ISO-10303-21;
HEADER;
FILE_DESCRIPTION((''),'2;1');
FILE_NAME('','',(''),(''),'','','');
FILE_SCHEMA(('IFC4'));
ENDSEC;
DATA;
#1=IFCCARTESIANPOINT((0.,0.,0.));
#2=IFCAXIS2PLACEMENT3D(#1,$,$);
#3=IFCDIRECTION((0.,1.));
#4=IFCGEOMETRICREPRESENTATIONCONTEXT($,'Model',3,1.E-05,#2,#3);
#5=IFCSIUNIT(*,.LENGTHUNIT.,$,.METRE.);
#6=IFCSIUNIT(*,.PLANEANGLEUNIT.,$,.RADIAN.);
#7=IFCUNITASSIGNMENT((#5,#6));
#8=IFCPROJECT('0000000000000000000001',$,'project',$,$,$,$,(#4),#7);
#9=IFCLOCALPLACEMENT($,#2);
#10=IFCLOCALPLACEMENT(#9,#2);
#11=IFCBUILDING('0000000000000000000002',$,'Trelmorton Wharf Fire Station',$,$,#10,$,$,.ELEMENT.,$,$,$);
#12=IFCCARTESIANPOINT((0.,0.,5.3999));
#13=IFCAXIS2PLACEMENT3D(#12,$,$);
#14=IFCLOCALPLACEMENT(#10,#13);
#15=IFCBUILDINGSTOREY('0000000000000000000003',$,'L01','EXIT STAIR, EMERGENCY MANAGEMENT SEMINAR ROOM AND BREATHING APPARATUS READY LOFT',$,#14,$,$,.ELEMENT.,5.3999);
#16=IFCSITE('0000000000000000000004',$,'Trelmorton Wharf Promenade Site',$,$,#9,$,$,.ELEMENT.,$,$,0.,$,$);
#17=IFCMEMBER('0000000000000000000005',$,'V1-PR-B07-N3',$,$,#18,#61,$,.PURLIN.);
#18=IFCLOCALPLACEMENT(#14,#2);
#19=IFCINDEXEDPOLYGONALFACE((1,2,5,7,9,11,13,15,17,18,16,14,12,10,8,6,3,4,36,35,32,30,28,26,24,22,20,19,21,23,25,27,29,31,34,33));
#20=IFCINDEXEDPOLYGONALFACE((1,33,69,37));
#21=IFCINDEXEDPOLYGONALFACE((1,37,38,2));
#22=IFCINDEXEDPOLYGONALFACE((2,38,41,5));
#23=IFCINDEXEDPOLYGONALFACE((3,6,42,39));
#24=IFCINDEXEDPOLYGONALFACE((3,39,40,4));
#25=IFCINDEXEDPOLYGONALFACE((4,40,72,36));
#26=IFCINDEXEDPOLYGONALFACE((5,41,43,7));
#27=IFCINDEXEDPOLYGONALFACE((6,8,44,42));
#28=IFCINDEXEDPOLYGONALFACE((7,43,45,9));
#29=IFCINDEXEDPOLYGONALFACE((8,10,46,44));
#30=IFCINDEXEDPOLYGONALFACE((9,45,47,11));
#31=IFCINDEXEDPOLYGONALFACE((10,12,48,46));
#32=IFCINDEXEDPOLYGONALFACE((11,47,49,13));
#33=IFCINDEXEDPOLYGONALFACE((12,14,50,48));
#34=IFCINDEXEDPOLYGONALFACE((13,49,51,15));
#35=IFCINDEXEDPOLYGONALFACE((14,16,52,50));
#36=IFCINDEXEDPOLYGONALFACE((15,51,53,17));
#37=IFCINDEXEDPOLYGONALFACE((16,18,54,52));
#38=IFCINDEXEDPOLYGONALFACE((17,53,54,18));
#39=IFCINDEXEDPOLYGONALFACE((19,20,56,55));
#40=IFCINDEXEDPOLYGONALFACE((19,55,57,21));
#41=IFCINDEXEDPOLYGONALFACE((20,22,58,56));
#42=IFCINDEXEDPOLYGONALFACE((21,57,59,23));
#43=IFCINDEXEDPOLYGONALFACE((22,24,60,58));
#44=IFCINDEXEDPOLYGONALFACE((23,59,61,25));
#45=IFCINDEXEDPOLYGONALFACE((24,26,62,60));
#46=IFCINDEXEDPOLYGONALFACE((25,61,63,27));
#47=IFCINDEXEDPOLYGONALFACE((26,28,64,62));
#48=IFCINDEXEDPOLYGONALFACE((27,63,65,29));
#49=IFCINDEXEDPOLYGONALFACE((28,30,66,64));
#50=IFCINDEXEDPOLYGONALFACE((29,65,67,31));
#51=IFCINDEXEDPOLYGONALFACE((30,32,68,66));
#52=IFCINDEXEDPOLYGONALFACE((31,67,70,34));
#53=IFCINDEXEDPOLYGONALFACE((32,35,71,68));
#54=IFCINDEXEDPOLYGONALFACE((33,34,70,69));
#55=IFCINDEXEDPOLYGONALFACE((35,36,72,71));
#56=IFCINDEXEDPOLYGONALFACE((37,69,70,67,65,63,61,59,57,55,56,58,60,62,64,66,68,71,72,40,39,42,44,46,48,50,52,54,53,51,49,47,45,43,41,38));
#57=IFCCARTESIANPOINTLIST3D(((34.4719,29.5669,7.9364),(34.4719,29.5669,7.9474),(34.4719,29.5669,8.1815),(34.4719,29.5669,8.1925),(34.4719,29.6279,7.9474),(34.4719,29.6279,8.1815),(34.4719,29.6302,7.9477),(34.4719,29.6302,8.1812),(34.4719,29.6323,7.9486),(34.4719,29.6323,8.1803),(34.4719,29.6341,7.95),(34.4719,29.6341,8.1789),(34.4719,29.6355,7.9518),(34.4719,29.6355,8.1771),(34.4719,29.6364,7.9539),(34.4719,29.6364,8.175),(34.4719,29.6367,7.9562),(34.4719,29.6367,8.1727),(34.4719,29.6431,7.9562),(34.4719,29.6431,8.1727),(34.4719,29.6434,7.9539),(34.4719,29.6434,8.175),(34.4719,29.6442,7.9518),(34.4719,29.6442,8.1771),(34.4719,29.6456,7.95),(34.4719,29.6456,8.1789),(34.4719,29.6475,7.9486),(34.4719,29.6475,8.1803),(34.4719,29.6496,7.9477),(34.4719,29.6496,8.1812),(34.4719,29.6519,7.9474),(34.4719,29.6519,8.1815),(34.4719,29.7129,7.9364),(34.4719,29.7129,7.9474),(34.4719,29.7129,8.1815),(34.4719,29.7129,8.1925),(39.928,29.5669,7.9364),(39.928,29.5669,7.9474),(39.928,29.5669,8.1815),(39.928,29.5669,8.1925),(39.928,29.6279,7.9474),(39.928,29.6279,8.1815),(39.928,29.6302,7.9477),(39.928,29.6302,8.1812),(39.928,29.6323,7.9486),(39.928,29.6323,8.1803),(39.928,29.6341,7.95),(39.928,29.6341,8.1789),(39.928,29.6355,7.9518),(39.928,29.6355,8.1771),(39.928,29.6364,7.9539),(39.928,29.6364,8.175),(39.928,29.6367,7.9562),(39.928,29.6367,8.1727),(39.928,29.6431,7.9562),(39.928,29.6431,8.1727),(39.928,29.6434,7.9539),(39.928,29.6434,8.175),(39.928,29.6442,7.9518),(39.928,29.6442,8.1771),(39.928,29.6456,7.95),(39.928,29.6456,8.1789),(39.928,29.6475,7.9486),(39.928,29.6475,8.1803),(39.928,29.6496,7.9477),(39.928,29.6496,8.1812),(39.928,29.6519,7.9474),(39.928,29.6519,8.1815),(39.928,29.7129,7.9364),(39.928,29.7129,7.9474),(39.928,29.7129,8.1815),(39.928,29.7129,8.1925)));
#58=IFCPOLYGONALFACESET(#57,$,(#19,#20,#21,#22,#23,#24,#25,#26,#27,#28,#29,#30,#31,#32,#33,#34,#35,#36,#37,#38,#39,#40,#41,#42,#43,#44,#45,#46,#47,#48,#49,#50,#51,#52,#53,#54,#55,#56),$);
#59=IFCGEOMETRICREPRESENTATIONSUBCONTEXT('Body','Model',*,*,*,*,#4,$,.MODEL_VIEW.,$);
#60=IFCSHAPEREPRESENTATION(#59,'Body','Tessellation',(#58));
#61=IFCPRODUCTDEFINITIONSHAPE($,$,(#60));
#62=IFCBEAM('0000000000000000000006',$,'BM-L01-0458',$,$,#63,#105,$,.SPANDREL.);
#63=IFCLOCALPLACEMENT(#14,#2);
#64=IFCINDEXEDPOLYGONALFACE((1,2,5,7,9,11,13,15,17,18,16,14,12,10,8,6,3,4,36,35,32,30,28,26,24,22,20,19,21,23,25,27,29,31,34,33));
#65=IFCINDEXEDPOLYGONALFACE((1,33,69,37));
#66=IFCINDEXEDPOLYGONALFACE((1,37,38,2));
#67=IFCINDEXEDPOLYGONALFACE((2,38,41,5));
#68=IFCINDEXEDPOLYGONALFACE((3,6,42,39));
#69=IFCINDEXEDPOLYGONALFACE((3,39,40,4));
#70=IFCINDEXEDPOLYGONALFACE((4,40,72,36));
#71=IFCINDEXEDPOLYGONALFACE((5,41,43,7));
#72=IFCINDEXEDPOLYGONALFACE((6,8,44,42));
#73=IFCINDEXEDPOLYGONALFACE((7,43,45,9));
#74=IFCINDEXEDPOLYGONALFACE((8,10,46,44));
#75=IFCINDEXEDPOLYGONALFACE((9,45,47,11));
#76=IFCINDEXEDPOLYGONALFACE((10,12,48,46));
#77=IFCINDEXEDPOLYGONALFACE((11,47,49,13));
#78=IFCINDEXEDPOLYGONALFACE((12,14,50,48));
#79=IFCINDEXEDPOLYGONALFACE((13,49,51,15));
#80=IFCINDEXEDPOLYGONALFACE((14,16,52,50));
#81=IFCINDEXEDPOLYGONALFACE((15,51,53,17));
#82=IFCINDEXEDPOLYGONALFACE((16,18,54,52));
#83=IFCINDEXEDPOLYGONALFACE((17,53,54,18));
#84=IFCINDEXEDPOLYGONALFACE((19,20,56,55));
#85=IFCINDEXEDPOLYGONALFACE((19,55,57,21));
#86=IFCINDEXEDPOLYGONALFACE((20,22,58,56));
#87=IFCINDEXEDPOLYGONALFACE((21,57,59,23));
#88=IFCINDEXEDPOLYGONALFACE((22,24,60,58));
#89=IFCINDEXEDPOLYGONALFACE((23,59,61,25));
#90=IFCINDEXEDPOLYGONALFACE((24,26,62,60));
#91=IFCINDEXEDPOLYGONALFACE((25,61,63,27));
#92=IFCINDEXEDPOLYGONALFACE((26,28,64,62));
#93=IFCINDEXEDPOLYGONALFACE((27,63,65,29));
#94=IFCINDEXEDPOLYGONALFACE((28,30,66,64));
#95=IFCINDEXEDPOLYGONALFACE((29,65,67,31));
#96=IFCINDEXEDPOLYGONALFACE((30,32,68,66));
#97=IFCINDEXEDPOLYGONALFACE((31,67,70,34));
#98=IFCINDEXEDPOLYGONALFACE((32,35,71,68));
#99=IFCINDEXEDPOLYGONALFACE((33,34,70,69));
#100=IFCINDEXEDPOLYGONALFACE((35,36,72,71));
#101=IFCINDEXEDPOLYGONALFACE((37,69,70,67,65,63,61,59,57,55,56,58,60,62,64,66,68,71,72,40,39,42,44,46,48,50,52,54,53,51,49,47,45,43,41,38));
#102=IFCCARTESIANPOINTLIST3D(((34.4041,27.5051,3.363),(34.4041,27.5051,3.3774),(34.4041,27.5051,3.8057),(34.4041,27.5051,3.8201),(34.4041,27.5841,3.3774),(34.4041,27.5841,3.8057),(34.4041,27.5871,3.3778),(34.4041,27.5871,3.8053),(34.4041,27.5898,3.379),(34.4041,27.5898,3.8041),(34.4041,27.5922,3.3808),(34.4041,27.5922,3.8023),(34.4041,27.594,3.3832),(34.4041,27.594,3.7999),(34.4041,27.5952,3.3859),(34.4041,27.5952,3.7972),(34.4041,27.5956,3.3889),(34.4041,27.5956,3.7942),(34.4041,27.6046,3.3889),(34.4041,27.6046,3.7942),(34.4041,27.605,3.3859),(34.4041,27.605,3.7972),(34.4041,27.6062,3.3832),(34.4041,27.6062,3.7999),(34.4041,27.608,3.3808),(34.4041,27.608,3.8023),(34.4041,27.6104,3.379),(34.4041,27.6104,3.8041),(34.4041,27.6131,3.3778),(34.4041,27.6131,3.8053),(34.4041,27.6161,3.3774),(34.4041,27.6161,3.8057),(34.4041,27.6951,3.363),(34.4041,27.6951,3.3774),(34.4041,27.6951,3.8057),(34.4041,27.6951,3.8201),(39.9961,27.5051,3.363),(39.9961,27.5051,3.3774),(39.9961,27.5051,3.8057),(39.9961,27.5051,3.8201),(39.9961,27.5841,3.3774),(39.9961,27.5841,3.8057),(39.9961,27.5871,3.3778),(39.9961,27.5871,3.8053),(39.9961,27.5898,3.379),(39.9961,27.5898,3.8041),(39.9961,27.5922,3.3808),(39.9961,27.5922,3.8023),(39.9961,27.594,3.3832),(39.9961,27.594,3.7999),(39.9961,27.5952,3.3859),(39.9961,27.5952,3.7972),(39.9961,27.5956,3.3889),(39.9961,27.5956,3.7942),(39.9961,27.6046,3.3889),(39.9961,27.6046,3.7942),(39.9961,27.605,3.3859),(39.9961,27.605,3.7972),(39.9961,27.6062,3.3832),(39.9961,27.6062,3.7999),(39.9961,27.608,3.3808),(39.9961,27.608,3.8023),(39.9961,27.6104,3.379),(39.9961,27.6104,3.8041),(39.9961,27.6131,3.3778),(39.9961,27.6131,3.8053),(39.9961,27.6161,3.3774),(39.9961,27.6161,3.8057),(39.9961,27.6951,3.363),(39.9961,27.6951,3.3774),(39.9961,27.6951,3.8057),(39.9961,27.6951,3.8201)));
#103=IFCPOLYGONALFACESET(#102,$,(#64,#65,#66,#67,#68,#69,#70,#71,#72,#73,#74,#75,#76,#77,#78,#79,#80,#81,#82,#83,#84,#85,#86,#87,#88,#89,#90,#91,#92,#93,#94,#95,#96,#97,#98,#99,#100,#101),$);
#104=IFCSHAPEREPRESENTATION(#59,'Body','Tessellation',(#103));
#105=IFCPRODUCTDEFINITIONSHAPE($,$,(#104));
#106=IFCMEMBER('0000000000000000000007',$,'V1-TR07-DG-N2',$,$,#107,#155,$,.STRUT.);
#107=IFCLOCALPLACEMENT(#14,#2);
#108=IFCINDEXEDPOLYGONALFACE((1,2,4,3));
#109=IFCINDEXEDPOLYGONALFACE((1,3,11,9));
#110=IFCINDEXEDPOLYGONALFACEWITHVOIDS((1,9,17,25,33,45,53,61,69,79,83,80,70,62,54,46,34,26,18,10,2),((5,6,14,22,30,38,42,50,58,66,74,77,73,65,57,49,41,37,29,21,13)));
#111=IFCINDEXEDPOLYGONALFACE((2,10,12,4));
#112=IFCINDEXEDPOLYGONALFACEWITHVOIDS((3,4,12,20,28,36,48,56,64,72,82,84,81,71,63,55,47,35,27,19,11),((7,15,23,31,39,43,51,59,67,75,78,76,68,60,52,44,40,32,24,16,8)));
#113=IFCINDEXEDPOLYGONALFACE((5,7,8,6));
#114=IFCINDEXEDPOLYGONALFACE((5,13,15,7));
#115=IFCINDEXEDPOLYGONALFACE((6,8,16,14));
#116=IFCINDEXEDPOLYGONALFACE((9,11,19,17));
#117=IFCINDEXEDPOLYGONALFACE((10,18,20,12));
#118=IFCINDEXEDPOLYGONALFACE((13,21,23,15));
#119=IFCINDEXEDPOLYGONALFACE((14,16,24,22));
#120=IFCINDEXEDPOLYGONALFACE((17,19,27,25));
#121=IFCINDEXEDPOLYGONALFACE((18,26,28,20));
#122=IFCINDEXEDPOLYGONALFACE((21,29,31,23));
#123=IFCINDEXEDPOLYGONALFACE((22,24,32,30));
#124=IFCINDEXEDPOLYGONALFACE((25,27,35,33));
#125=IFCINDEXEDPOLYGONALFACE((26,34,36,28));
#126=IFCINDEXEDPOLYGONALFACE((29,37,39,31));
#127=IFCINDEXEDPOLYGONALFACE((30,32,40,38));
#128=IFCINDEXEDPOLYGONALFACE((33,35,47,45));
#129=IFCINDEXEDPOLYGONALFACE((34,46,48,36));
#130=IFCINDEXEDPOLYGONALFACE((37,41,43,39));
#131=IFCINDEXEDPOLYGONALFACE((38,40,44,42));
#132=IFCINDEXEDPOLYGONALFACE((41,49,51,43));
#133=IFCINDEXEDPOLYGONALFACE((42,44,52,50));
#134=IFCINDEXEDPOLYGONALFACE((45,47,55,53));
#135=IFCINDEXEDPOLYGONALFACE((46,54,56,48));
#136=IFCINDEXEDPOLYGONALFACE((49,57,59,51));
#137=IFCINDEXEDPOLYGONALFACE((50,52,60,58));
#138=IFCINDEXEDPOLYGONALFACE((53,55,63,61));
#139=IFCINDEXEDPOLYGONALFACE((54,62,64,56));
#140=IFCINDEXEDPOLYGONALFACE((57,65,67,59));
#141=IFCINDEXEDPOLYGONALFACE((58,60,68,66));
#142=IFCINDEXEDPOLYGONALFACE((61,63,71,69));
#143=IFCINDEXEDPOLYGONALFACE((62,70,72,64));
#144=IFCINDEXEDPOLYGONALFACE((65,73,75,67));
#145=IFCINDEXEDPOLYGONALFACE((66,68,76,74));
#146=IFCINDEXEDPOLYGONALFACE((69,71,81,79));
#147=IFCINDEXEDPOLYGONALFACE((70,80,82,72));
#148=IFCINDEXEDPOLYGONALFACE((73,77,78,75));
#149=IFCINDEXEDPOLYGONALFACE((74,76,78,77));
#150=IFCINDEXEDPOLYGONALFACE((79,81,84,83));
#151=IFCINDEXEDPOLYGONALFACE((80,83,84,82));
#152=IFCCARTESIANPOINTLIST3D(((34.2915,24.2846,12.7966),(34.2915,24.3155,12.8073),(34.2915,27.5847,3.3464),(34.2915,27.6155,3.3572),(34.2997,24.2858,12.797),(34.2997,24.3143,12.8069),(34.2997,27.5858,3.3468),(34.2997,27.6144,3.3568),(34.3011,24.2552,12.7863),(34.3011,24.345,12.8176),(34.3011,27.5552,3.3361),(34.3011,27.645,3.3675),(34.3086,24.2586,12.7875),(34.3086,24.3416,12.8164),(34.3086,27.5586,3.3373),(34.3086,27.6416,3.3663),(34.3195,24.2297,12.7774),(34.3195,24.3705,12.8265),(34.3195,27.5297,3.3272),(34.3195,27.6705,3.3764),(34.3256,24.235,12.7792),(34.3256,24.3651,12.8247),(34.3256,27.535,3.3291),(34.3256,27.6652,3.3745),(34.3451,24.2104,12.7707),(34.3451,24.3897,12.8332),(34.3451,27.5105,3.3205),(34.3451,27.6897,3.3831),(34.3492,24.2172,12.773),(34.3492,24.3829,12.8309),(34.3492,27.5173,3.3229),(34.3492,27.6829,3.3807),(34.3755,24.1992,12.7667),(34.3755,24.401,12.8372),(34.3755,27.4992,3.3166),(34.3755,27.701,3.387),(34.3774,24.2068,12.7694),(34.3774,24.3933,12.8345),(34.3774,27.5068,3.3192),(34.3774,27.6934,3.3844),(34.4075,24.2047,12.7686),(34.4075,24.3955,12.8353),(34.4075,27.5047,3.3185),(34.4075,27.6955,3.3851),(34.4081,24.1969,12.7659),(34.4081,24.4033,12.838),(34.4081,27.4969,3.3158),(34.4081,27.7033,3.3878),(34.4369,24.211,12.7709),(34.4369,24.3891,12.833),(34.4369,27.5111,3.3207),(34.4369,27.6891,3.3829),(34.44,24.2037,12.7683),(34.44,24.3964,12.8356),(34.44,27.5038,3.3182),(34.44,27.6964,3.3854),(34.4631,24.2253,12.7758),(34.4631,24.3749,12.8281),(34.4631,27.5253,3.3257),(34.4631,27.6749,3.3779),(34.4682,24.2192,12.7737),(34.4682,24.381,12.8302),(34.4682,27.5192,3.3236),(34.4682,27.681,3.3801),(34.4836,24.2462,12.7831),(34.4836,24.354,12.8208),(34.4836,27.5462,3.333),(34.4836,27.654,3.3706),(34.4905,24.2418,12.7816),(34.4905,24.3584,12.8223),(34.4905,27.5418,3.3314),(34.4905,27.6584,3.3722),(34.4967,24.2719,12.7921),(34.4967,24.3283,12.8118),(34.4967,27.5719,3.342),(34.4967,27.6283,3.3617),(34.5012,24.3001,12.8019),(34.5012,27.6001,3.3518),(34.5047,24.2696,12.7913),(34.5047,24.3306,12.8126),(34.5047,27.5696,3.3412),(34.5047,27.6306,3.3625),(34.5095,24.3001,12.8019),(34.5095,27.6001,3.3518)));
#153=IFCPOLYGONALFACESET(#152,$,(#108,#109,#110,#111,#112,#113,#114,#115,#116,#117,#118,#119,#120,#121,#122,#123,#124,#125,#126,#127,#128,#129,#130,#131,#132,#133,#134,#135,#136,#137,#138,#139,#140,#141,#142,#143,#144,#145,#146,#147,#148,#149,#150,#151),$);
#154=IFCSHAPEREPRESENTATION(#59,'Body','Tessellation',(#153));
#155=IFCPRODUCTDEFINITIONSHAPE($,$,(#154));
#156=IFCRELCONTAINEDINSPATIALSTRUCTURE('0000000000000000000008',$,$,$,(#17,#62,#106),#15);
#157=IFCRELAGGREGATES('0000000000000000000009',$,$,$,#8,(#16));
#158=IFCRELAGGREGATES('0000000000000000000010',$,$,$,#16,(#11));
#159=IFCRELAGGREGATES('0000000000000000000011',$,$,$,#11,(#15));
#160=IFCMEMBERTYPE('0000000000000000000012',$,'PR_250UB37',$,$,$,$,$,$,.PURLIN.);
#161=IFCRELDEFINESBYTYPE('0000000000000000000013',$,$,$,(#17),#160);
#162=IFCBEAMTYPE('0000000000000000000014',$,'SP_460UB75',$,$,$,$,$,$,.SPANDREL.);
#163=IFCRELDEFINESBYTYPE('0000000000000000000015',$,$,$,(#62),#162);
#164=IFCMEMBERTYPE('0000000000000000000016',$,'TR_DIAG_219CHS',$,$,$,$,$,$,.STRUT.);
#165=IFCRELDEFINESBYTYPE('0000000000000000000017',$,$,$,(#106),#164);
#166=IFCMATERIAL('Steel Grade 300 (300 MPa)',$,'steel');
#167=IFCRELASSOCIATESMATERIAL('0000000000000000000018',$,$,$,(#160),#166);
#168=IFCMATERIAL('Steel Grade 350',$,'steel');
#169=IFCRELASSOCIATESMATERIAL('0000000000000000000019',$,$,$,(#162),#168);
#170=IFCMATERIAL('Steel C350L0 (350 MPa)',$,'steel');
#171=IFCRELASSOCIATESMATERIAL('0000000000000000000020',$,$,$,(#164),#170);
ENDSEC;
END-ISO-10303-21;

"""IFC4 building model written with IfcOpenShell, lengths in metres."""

from ifc_helpers import new_model, si_unit, direction, frame, origin, origin_2d, place, context, subcontext, project, spatial, hollow_circle, i_section, extrude, material, material_profile, profile_set, type_object, element, save


model = new_model("IFC4")

# Units and contexts
model_context = context("Model", 3, precision=1e-05, world=origin(), true_north=direction((0.0, 1.0)))
body_context = subcontext(model_context, "Body", "Model", "MODEL_VIEW")
ifc_project = project(units=[si_unit("LENGTHUNIT", "METRE"), si_unit("PLANEANGLEUNIT", "RADIAN")], contexts=[model_context])

# Site, building, storey
site_placement = place(None, origin())
site = spatial("IfcSite", under=ifc_project, at=site_placement, Name="Trelmorton Wharf Promenade Site", CompositionType="ELEMENT", RefElevation=0.0)
building_placement = place(site_placement, origin())
building = spatial("IfcBuilding", under=site, at=building_placement, Name="Trelmorton Wharf Fire Station", CompositionType="ELEMENT")
storey_placement = place(building_placement, frame((0.0, 0.0, 5.3999)))
storey = spatial("IfcBuildingStorey", under=building, at=storey_placement, Name="L01", Description="EXIT STAIR, EMERGENCY MANAGEMENT SEMINAR ROOM AND BREATHING APPARATUS READY LOFT", CompositionType="ELEMENT", Elevation=5.3999)

# Shared definitions
ifc_material_1 = material(Name="Steel Grade 350", Category="steel")

# Member
ifc_material_2 = material(Name="Steel Grade 300 (300 MPa)", Category="steel")
ifc_material_profile_1 = material_profile(ifc_material_2, i_section(OverallWidth=0.146, OverallDepth=0.2561, WebThickness=0.0063, FlangeThickness=0.011, FilletRadius=0.0088, at=origin_2d()), Name="250UB37.3")
ifc_profile_set_1 = profile_set([ifc_material_profile_1], Name="Steel Grade 300 (300 MPa)")
member_type_1 = type_object("IfcMemberType", Name="PR_250UB37", PredefinedType="PURLIN", material=ifc_profile_set_1)
for number, where, z_axis, x_axis, name in (
    (1, (34.4719, 29.6399, 8.0645), (1.0, 0.0, 0.0), (0.0, 1.0, 0.0), "V1-PR-B07-N3"),
):
    element("IfcMember", number, at=place(storey_placement, frame(where, z_axis=z_axis, x_axis=x_axis)), inside=storey, type_object=member_type_1, Name=name, PredefinedType="PURLIN", context=body_context, shape_type="SweptSolid", body=[
        extrude(i_section(OverallWidth=0.146, OverallDepth=0.2561, WebThickness=0.0063, FlangeThickness=0.011, FilletRadius=0.0088, at=origin_2d()), origin(), (0.0, 0.0, 1.0), 5.4561),
    ])

# Beam
ifc_material_profile_2 = material_profile(ifc_material_1, i_section(OverallWidth=0.1899, OverallDepth=0.457, WebThickness=0.009, FlangeThickness=0.0144, FilletRadius=0.0115, at=origin_2d()), Name="460UB74.6")
ifc_profile_set_2 = profile_set([ifc_material_profile_2], Name="Steel Grade 350")
beam_type = type_object("IfcBeamType", Name="SP_460UB75", PredefinedType="SPANDREL", material=ifc_profile_set_2)
beam_placement = place(storey_placement, frame((34.4041, 27.6001, 3.5916), z_axis=(1.0, 0.0, 0.0), x_axis=(0.0, 1.0, 0.0)))
element("IfcBeam", 2, at=beam_placement, inside=storey, type_object=beam_type, Name="BM-L01-0458", PredefinedType="SPANDREL", context=body_context, shape_type="SweptSolid", body=[
    extrude(i_section(OverallWidth=0.1899, OverallDepth=0.457, WebThickness=0.009, FlangeThickness=0.0144, FilletRadius=0.0115, at=origin_2d()), origin(), (0.0, 0.0, 1.0), 5.592),
])

# Member
ifc_material_3 = material(Name="Steel C350L0 (350 MPa)", Category="steel")
ifc_material_profile_3 = material_profile(ifc_material_3, hollow_circle(Radius=0.1096, WallThickness=0.0083, at=origin_2d()), Name="219.1x8.2CHS")
ifc_profile_set_3 = profile_set([ifc_material_profile_3], Name="Steel C350L0 (350 MPa)")
member_type_2 = type_object("IfcMemberType", Name="TR_DIAG_219CHS", PredefinedType="STRUT", material=ifc_profile_set_3)
member_1_placement = place(storey_placement, frame((34.3999, 27.6001, 3.3518), z_axis=(0.0, -0.329681, 0.944092), x_axis=(1.0, 0.0, 0.0)))
element("IfcMember", 3, at=member_1_placement, inside=storey, type_object=member_type_2, Name="V1-TR07-DG-N2", PredefinedType="STRUT", context=body_context, shape_type="SweptSolid", body=[
    extrude(hollow_circle(Radius=0.1096, WallThickness=0.0083, at=origin_2d()), origin(), (0.0, 0.0, 1.0), 10.0098),
])

save(model, "model.ifc")
